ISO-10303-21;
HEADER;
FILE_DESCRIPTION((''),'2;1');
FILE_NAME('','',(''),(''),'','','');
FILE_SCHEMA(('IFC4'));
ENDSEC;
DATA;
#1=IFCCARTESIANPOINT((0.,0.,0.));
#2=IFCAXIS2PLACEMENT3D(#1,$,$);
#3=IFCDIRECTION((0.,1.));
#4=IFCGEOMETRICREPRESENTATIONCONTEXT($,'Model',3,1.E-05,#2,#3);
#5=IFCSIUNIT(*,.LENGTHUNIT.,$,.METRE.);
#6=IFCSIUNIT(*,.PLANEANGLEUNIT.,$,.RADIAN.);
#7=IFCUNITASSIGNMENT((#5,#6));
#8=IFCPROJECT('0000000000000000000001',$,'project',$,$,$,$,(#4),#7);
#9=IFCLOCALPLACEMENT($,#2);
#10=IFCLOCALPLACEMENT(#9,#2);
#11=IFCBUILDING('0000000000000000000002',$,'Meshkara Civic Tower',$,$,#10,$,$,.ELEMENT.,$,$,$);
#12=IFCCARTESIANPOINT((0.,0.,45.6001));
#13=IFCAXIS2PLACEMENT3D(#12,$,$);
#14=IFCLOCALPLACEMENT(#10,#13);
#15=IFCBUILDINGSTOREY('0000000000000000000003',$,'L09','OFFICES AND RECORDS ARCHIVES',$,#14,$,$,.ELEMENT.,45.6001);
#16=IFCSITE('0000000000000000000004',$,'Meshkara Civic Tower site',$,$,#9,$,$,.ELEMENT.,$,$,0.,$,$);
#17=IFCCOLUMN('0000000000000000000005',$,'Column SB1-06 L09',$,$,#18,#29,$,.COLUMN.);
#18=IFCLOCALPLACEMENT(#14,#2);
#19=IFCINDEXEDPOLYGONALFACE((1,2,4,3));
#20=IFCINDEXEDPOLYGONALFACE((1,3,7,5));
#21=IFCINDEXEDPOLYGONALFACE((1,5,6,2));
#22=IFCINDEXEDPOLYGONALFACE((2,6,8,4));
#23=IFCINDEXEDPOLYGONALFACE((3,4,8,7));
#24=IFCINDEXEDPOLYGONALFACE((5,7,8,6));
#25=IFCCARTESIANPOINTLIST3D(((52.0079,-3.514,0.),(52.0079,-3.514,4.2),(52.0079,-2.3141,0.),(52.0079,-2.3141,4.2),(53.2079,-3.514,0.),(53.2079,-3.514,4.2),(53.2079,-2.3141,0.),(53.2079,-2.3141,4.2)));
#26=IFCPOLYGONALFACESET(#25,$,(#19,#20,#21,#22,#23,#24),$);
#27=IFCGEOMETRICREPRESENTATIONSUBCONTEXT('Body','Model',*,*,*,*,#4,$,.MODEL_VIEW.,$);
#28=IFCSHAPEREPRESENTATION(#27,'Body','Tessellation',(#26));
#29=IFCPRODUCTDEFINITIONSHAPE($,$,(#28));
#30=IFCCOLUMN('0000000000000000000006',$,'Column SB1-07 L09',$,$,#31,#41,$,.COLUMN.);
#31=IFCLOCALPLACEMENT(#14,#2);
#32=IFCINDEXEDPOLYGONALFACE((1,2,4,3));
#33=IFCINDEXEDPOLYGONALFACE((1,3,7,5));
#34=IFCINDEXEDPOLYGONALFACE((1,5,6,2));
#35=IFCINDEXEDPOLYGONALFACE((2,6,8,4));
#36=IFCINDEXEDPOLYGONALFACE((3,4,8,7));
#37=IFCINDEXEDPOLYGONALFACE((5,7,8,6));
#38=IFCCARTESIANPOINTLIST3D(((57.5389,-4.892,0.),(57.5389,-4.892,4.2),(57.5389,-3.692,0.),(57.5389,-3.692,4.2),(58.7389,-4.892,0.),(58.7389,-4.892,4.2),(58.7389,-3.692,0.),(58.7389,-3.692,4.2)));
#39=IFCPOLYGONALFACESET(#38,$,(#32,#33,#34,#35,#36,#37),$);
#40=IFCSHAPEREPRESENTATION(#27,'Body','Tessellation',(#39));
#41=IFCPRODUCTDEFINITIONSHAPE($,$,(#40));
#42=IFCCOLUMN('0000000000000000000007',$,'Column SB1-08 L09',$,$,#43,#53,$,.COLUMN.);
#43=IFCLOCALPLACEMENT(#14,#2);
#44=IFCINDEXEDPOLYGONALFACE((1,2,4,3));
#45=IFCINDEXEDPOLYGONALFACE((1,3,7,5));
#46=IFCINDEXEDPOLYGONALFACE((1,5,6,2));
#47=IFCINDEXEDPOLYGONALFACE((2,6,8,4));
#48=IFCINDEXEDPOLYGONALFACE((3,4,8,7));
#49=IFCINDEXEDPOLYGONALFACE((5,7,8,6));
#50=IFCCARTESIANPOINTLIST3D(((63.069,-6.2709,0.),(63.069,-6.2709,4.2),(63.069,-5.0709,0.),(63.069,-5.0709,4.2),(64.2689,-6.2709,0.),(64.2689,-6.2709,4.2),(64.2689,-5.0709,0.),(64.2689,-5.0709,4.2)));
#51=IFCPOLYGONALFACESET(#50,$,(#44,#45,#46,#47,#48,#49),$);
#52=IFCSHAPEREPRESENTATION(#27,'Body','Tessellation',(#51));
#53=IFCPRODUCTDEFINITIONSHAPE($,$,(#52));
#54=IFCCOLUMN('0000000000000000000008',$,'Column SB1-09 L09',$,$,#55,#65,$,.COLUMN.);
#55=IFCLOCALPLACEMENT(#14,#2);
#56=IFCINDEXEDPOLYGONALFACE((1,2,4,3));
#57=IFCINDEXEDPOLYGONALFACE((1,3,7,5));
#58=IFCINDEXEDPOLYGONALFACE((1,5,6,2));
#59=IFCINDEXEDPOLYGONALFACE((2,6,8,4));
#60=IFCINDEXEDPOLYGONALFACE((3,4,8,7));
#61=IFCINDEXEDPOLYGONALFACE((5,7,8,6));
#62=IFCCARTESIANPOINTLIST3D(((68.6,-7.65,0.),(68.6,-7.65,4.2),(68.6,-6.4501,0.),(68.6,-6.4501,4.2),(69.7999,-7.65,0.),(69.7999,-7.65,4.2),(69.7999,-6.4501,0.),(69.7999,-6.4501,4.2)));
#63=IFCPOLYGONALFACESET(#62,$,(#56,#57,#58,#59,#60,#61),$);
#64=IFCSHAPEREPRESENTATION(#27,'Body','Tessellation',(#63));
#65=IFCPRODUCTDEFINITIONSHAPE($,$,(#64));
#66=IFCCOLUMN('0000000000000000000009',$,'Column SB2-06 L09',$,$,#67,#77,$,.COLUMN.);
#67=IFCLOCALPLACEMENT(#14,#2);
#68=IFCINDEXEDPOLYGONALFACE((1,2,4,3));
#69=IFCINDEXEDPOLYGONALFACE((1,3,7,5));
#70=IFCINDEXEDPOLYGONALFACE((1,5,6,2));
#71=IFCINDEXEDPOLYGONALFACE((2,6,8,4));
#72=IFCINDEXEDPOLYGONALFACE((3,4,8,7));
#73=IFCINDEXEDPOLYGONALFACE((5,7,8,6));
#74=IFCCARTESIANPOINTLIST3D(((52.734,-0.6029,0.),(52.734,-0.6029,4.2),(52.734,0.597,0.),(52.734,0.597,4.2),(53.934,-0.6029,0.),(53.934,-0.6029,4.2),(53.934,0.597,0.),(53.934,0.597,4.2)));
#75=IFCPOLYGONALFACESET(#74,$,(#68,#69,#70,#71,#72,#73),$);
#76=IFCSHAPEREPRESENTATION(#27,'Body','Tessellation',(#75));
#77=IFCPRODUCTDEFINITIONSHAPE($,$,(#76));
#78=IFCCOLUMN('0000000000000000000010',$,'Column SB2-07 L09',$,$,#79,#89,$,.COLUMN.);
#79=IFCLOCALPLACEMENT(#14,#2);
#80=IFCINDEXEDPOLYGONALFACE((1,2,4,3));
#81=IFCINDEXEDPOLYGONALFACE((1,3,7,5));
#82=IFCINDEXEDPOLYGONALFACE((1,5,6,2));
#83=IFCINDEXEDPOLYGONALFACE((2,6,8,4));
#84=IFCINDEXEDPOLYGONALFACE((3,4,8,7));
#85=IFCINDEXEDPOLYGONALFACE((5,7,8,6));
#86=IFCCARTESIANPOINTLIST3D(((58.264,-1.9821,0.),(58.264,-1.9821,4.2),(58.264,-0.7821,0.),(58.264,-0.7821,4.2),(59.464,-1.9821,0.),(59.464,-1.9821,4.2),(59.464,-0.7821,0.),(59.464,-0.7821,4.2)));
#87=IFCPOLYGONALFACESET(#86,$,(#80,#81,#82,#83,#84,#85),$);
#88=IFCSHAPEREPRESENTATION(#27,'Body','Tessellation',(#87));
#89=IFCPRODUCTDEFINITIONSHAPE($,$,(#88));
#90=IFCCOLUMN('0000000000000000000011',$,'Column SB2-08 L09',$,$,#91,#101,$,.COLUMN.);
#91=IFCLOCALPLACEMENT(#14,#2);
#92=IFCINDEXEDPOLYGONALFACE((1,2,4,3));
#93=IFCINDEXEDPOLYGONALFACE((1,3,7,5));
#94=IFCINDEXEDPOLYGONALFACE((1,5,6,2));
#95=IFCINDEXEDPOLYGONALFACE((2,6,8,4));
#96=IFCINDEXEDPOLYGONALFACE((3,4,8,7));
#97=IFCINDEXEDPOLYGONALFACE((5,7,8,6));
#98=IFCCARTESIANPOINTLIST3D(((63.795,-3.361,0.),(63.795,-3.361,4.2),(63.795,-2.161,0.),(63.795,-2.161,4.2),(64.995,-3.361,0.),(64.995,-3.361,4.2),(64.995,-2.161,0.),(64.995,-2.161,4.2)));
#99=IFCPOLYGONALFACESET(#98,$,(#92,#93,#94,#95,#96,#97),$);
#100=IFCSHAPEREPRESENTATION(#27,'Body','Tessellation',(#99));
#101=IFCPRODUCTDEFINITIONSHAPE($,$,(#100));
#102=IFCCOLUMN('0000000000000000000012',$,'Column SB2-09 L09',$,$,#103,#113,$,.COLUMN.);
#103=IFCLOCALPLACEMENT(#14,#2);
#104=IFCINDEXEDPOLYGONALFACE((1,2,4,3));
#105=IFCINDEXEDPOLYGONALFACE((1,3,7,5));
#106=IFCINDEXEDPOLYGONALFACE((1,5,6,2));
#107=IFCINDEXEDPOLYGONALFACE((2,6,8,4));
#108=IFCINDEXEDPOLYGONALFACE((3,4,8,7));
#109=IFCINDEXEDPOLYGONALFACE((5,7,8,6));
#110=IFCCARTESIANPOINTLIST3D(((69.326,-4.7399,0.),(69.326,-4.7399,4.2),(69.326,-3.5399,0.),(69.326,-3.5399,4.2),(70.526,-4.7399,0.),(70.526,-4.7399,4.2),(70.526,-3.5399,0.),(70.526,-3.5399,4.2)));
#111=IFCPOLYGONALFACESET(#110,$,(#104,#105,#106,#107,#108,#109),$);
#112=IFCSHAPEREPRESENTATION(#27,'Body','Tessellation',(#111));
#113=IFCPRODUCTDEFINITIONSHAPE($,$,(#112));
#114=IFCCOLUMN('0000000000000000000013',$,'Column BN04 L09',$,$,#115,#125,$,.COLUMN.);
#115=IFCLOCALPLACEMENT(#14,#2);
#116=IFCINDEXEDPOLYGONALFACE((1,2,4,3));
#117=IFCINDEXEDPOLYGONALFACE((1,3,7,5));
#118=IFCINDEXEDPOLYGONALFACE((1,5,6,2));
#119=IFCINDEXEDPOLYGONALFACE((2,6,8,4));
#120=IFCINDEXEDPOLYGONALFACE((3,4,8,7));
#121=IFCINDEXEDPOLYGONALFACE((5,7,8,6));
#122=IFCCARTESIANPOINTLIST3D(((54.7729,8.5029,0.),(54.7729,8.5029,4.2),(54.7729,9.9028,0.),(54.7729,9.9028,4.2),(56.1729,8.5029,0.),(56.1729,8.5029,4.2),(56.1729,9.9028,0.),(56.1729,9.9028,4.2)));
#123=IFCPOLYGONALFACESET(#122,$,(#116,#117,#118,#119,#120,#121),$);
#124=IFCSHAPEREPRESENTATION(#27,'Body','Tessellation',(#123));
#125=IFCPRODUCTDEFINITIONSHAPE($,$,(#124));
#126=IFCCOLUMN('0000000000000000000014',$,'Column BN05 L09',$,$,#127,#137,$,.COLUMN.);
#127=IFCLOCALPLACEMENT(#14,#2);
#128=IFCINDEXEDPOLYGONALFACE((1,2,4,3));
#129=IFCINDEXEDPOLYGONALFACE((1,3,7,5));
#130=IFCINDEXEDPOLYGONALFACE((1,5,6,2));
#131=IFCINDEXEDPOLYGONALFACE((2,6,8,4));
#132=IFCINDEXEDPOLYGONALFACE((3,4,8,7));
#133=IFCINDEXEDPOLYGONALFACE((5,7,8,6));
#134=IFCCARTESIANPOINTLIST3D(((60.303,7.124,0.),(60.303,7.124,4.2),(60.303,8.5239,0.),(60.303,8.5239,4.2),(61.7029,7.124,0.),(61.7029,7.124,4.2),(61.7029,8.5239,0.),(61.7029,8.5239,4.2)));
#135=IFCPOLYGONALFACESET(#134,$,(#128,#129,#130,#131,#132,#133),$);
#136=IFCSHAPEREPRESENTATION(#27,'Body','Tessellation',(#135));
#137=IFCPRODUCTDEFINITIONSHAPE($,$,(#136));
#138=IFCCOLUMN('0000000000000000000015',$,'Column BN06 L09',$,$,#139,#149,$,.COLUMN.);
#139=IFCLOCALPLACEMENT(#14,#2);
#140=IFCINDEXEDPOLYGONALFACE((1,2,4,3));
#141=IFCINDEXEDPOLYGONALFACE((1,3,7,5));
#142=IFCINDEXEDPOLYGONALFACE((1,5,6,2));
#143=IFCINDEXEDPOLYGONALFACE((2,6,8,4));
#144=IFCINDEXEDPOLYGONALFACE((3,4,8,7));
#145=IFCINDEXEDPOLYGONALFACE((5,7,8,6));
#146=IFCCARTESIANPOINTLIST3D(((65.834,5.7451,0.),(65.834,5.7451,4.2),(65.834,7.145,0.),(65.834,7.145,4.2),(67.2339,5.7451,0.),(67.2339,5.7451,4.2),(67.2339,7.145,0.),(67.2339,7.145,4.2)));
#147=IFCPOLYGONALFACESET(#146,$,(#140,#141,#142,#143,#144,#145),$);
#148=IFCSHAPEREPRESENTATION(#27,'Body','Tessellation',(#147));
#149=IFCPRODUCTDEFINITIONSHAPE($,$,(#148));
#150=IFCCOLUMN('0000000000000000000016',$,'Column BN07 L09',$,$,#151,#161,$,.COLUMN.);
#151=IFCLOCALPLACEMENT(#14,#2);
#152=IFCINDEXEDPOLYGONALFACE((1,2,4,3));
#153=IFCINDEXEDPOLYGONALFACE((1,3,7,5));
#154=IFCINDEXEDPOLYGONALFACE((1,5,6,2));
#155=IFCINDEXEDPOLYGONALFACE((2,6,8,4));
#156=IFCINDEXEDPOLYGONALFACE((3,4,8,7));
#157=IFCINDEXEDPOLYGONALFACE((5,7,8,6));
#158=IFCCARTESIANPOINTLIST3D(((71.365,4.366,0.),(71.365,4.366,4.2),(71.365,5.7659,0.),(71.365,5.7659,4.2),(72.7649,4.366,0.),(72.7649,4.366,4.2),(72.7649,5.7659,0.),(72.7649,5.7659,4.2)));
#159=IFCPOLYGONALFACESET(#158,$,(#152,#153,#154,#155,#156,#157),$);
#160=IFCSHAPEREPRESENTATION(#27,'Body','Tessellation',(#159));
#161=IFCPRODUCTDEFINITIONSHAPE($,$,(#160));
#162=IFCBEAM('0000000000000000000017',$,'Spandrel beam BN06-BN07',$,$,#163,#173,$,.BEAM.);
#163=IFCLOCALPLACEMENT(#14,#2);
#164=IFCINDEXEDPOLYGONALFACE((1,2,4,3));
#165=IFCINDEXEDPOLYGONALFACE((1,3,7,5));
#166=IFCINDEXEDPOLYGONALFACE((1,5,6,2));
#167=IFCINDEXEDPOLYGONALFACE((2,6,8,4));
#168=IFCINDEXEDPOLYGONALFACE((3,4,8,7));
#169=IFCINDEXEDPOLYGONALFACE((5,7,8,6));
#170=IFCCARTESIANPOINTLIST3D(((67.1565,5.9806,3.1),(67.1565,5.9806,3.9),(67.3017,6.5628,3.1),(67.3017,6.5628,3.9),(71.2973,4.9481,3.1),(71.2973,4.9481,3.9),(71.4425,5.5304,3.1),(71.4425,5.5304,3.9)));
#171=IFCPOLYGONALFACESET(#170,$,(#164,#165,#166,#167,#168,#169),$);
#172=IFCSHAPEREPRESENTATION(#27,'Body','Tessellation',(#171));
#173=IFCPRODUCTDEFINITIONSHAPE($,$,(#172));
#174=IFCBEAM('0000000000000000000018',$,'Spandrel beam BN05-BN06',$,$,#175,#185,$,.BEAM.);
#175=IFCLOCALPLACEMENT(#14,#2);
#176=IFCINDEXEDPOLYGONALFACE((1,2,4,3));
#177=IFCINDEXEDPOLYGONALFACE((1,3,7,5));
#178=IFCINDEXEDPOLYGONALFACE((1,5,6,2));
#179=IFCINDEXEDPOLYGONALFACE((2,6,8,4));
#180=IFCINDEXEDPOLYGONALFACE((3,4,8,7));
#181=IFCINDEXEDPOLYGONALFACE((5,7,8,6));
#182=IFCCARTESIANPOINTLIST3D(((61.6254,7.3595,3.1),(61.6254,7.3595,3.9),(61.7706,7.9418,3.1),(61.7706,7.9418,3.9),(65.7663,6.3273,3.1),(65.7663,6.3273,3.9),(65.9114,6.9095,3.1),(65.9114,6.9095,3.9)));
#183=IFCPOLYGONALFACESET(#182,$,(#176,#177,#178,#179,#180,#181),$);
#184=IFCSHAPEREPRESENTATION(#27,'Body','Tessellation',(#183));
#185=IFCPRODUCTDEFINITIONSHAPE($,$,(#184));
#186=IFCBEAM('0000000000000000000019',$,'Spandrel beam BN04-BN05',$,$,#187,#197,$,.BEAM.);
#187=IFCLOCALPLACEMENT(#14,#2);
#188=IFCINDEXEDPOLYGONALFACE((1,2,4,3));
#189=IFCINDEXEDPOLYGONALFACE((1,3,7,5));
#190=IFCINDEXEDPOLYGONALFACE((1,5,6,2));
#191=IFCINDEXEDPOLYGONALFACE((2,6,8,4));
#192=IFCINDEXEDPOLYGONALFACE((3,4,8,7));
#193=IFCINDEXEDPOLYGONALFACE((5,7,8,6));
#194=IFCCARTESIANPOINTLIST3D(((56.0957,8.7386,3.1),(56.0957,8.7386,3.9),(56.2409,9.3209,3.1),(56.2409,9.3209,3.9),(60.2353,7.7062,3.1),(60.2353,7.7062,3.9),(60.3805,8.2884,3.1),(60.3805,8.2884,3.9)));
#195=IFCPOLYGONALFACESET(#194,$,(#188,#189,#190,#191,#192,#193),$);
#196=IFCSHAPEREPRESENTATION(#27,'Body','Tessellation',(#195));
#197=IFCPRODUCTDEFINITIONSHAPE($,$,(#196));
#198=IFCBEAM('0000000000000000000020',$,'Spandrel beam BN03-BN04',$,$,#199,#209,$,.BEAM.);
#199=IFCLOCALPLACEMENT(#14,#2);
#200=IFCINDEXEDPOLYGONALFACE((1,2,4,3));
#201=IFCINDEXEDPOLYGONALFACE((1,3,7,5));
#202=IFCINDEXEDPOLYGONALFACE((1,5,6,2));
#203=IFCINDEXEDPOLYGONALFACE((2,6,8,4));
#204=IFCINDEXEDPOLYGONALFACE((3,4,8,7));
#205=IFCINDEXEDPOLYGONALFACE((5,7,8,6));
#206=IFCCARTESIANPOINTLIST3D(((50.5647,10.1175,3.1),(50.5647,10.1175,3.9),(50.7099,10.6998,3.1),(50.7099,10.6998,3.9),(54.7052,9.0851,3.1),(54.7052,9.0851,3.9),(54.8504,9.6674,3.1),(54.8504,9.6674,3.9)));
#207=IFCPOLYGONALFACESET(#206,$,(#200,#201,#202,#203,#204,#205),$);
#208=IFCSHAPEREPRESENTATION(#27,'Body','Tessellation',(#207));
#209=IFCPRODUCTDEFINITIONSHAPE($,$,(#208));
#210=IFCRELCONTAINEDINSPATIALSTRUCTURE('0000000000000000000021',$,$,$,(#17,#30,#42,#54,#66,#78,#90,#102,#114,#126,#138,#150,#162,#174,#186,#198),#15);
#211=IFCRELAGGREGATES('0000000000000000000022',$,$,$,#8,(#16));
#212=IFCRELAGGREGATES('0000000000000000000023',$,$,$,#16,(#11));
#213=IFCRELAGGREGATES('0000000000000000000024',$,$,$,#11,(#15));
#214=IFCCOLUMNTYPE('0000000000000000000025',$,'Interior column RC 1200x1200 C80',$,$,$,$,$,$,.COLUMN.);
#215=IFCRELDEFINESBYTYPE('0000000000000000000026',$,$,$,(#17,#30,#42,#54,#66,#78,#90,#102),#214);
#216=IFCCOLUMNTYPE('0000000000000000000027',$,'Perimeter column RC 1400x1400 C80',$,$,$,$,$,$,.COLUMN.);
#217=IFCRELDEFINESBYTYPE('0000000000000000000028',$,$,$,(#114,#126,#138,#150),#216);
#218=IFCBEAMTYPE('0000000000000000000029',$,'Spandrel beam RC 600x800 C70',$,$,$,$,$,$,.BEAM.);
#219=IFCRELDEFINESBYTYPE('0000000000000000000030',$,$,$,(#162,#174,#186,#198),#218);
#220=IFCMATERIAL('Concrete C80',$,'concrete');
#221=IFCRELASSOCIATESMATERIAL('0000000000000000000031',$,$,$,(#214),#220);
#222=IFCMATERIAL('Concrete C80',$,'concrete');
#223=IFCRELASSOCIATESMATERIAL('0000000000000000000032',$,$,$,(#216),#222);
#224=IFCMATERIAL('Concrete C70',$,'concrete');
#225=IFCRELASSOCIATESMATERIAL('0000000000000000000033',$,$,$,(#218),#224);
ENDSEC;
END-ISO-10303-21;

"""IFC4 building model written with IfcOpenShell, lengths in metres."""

from ifc_helpers import new_model, si_unit, direction, frame, origin, origin_2d, place, context, subcontext, project, spatial, rectangle, extrude, material, material_profile, profile_set, type_object, element, save


model = new_model("IFC4")

# Units and contexts
model_context = context("Model", 3, precision=1e-05, world=origin(), true_north=direction((0.0, 1.0)))
body_context = subcontext(model_context, "Body", "Model", "MODEL_VIEW")
ifc_project = project(units=[si_unit("LENGTHUNIT", "METRE"), si_unit("PLANEANGLEUNIT", "RADIAN")], contexts=[model_context])

# Site, building, storey
site_placement = place(None, origin())
site = spatial("IfcSite", under=ifc_project, at=site_placement, Name="Meshkara Civic Tower site", CompositionType="ELEMENT", RefElevation=0.0)
building_placement = place(site_placement, origin())
building = spatial("IfcBuilding", under=site, at=building_placement, Name="Meshkara Civic Tower", CompositionType="ELEMENT")
storey_placement = place(building_placement, frame((0.0, 0.0, 45.6001)))
storey = spatial("IfcBuildingStorey", under=building, at=storey_placement, Name="L09", Description="OFFICES AND RECORDS ARCHIVES", CompositionType="ELEMENT", Elevation=45.6001)

# Columns
ifc_material_1 = material(Name="Concrete C80", Category="concrete")
ifc_material_profile_1 = material_profile(ifc_material_1, rectangle(XDim=1.2, YDim=1.2, at=origin_2d()))
ifc_profile_set_1 = profile_set([ifc_material_profile_1], Name="Concrete C80")
column_type_1 = type_object("IfcColumnType", Name="Interior column RC 1200x1200 C80", PredefinedType="COLUMN", material=ifc_profile_set_1)
for number, where, z_axis, x_axis, name in (
    (1, (52.6079, -2.9141, 0.0), (0.0, 0.0, 1.0), (1.0, 0.0, 0.0), "Column SB1-06 L09"),
    (2, (58.1389, -4.292, 0.0), (0.0, 0.0, 1.0), (1.0, 0.0, 0.0), "Column SB1-07 L09"),
    (3, (63.6689, -5.6709, 0.0), (0.0, 0.0, 1.0), (1.0, 0.0, 0.0), "Column SB1-08 L09"),
    (4, (69.2, -7.05, 0.0), (0.0, 0.0, 1.0), (1.0, 0.0, 0.0), "Column SB1-09 L09"),
    (5, (53.334, -0.0029, 0.0), (0.0, 0.0, 1.0), (1.0, 0.0, 0.0), "Column SB2-06 L09"),
    (6, (58.864, -1.3821, 0.0), (0.0, 0.0, 1.0), (1.0, 0.0, 0.0), "Column SB2-07 L09"),
    (7, (64.395, -2.761, 0.0), (0.0, 0.0, 1.0), (1.0, 0.0, 0.0), "Column SB2-08 L09"),
    (8, (69.926, -4.1399, 0.0), (0.0, 0.0, 1.0), (1.0, 0.0, 0.0), "Column SB2-09 L09"),
):
    element("IfcColumn", number, at=place(storey_placement, frame(where, z_axis=z_axis, x_axis=x_axis)), inside=storey, type_object=column_type_1, Name=name, PredefinedType="COLUMN", context=body_context, shape_type="SweptSolid", body=[
        extrude(rectangle(XDim=1.2, YDim=1.2, at=origin_2d()), origin(), (0.0, 0.0, 1.0), 4.2),
    ])
ifc_material_2 = material(Name="Concrete C80", Category="concrete")
ifc_material_profile_2 = material_profile(ifc_material_2, rectangle(XDim=1.3999, YDim=1.3999, at=origin_2d()))
ifc_profile_set_2 = profile_set([ifc_material_profile_2], Name="Concrete C80")
column_type_2 = type_object("IfcColumnType", Name="Perimeter column RC 1400x1400 C80", PredefinedType="COLUMN", material=ifc_profile_set_2)
for number, where, z_axis, x_axis, name in (
    (9, (55.4729, 9.2029, 0.0), (0.0, 0.0, 1.0), (1.0, 0.0, 0.0), "Column BN04 L09"),
    (10, (61.0029, 7.824, 0.0), (0.0, 0.0, 1.0), (1.0, 0.0, 0.0), "Column BN05 L09"),
    (11, (66.5339, 6.4451, 0.0), (0.0, 0.0, 1.0), (1.0, 0.0, 0.0), "Column BN06 L09"),
    (12, (72.0649, 5.0659, 0.0), (0.0, 0.0, 1.0), (1.0, 0.0, 0.0), "Column BN07 L09"),
):
    element("IfcColumn", number, at=place(storey_placement, frame(where, z_axis=z_axis, x_axis=x_axis)), inside=storey, type_object=column_type_2, Name=name, PredefinedType="COLUMN", context=body_context, shape_type="SweptSolid", body=[
        extrude(rectangle(XDim=1.3999, YDim=1.3999, at=origin_2d()), origin(), (0.0, 0.0, 1.0), 4.2),
    ])

# Beams
ifc_material_3 = material(Name="Concrete C70", Category="concrete")
ifc_material_profile_3 = material_profile(ifc_material_3, rectangle(XDim=0.6001, YDim=0.8, at=origin_2d()))
ifc_profile_set_3 = profile_set([ifc_material_profile_3], Name="Concrete C70")
beam_type = type_object("IfcBeamType", Name="Spandrel beam RC 600x800 C70", PredefinedType="BEAM", material=ifc_profile_set_3)
for number, where, z_axis, x_axis, name in (
    (13, (71.3699, 5.2393, 3.5), (-0.970294, 0.24193, 0.0), (-0.24193, -0.970294, 0.0), "Spandrel beam BN06-BN07"),
    (14, (65.8389, 6.6184, 3.5), (-0.970307, 0.241876, 0.0), (-0.241876, -0.970307, 0.0), "Spandrel beam BN05-BN06"),
):
    element("IfcBeam", number, at=place(storey_placement, frame(where, z_axis=z_axis, x_axis=x_axis)), inside=storey, type_object=beam_type, Name=name, PredefinedType="BEAM", context=body_context, shape_type="SweptSolid", body=[
        extrude(rectangle(XDim=0.6001, YDim=0.8, at=origin_2d()), origin(), (0.0, 0.0, 1.0), 4.2676),
    ])
beam_1_placement = place(storey_placement, frame((60.3079, 7.9973, 3.5), z_axis=(-0.970277, 0.241997, 0.0), x_axis=(-0.241997, -0.970277, 0.0)))
element("IfcBeam", 15, at=beam_1_placement, inside=storey, type_object=beam_type, Name="Spandrel beam BN04-BN05", PredefinedType="BEAM", context=body_context, shape_type="SweptSolid", body=[
    extrude(rectangle(XDim=0.6001, YDim=0.8, at=origin_2d()), origin(), (0.0, 0.0, 1.0), 4.2664),
])
beam_2_placement = place(storey_placement, frame((54.7778, 9.3762, 3.5), z_axis=(-0.97029, 0.241943, 0.0), x_axis=(-0.241943, -0.97029, 0.0)))
element("IfcBeam", 16, at=beam_2_placement, inside=storey, type_object=beam_type, Name="Spandrel beam BN03-BN04", PredefinedType="BEAM", context=body_context, shape_type="SweptSolid", body=[
    extrude(rectangle(XDim=0.6001, YDim=0.8, at=origin_2d()), origin(), (0.0, 0.0, 1.0), 4.2673),
])

save(model, "model.ifc")
